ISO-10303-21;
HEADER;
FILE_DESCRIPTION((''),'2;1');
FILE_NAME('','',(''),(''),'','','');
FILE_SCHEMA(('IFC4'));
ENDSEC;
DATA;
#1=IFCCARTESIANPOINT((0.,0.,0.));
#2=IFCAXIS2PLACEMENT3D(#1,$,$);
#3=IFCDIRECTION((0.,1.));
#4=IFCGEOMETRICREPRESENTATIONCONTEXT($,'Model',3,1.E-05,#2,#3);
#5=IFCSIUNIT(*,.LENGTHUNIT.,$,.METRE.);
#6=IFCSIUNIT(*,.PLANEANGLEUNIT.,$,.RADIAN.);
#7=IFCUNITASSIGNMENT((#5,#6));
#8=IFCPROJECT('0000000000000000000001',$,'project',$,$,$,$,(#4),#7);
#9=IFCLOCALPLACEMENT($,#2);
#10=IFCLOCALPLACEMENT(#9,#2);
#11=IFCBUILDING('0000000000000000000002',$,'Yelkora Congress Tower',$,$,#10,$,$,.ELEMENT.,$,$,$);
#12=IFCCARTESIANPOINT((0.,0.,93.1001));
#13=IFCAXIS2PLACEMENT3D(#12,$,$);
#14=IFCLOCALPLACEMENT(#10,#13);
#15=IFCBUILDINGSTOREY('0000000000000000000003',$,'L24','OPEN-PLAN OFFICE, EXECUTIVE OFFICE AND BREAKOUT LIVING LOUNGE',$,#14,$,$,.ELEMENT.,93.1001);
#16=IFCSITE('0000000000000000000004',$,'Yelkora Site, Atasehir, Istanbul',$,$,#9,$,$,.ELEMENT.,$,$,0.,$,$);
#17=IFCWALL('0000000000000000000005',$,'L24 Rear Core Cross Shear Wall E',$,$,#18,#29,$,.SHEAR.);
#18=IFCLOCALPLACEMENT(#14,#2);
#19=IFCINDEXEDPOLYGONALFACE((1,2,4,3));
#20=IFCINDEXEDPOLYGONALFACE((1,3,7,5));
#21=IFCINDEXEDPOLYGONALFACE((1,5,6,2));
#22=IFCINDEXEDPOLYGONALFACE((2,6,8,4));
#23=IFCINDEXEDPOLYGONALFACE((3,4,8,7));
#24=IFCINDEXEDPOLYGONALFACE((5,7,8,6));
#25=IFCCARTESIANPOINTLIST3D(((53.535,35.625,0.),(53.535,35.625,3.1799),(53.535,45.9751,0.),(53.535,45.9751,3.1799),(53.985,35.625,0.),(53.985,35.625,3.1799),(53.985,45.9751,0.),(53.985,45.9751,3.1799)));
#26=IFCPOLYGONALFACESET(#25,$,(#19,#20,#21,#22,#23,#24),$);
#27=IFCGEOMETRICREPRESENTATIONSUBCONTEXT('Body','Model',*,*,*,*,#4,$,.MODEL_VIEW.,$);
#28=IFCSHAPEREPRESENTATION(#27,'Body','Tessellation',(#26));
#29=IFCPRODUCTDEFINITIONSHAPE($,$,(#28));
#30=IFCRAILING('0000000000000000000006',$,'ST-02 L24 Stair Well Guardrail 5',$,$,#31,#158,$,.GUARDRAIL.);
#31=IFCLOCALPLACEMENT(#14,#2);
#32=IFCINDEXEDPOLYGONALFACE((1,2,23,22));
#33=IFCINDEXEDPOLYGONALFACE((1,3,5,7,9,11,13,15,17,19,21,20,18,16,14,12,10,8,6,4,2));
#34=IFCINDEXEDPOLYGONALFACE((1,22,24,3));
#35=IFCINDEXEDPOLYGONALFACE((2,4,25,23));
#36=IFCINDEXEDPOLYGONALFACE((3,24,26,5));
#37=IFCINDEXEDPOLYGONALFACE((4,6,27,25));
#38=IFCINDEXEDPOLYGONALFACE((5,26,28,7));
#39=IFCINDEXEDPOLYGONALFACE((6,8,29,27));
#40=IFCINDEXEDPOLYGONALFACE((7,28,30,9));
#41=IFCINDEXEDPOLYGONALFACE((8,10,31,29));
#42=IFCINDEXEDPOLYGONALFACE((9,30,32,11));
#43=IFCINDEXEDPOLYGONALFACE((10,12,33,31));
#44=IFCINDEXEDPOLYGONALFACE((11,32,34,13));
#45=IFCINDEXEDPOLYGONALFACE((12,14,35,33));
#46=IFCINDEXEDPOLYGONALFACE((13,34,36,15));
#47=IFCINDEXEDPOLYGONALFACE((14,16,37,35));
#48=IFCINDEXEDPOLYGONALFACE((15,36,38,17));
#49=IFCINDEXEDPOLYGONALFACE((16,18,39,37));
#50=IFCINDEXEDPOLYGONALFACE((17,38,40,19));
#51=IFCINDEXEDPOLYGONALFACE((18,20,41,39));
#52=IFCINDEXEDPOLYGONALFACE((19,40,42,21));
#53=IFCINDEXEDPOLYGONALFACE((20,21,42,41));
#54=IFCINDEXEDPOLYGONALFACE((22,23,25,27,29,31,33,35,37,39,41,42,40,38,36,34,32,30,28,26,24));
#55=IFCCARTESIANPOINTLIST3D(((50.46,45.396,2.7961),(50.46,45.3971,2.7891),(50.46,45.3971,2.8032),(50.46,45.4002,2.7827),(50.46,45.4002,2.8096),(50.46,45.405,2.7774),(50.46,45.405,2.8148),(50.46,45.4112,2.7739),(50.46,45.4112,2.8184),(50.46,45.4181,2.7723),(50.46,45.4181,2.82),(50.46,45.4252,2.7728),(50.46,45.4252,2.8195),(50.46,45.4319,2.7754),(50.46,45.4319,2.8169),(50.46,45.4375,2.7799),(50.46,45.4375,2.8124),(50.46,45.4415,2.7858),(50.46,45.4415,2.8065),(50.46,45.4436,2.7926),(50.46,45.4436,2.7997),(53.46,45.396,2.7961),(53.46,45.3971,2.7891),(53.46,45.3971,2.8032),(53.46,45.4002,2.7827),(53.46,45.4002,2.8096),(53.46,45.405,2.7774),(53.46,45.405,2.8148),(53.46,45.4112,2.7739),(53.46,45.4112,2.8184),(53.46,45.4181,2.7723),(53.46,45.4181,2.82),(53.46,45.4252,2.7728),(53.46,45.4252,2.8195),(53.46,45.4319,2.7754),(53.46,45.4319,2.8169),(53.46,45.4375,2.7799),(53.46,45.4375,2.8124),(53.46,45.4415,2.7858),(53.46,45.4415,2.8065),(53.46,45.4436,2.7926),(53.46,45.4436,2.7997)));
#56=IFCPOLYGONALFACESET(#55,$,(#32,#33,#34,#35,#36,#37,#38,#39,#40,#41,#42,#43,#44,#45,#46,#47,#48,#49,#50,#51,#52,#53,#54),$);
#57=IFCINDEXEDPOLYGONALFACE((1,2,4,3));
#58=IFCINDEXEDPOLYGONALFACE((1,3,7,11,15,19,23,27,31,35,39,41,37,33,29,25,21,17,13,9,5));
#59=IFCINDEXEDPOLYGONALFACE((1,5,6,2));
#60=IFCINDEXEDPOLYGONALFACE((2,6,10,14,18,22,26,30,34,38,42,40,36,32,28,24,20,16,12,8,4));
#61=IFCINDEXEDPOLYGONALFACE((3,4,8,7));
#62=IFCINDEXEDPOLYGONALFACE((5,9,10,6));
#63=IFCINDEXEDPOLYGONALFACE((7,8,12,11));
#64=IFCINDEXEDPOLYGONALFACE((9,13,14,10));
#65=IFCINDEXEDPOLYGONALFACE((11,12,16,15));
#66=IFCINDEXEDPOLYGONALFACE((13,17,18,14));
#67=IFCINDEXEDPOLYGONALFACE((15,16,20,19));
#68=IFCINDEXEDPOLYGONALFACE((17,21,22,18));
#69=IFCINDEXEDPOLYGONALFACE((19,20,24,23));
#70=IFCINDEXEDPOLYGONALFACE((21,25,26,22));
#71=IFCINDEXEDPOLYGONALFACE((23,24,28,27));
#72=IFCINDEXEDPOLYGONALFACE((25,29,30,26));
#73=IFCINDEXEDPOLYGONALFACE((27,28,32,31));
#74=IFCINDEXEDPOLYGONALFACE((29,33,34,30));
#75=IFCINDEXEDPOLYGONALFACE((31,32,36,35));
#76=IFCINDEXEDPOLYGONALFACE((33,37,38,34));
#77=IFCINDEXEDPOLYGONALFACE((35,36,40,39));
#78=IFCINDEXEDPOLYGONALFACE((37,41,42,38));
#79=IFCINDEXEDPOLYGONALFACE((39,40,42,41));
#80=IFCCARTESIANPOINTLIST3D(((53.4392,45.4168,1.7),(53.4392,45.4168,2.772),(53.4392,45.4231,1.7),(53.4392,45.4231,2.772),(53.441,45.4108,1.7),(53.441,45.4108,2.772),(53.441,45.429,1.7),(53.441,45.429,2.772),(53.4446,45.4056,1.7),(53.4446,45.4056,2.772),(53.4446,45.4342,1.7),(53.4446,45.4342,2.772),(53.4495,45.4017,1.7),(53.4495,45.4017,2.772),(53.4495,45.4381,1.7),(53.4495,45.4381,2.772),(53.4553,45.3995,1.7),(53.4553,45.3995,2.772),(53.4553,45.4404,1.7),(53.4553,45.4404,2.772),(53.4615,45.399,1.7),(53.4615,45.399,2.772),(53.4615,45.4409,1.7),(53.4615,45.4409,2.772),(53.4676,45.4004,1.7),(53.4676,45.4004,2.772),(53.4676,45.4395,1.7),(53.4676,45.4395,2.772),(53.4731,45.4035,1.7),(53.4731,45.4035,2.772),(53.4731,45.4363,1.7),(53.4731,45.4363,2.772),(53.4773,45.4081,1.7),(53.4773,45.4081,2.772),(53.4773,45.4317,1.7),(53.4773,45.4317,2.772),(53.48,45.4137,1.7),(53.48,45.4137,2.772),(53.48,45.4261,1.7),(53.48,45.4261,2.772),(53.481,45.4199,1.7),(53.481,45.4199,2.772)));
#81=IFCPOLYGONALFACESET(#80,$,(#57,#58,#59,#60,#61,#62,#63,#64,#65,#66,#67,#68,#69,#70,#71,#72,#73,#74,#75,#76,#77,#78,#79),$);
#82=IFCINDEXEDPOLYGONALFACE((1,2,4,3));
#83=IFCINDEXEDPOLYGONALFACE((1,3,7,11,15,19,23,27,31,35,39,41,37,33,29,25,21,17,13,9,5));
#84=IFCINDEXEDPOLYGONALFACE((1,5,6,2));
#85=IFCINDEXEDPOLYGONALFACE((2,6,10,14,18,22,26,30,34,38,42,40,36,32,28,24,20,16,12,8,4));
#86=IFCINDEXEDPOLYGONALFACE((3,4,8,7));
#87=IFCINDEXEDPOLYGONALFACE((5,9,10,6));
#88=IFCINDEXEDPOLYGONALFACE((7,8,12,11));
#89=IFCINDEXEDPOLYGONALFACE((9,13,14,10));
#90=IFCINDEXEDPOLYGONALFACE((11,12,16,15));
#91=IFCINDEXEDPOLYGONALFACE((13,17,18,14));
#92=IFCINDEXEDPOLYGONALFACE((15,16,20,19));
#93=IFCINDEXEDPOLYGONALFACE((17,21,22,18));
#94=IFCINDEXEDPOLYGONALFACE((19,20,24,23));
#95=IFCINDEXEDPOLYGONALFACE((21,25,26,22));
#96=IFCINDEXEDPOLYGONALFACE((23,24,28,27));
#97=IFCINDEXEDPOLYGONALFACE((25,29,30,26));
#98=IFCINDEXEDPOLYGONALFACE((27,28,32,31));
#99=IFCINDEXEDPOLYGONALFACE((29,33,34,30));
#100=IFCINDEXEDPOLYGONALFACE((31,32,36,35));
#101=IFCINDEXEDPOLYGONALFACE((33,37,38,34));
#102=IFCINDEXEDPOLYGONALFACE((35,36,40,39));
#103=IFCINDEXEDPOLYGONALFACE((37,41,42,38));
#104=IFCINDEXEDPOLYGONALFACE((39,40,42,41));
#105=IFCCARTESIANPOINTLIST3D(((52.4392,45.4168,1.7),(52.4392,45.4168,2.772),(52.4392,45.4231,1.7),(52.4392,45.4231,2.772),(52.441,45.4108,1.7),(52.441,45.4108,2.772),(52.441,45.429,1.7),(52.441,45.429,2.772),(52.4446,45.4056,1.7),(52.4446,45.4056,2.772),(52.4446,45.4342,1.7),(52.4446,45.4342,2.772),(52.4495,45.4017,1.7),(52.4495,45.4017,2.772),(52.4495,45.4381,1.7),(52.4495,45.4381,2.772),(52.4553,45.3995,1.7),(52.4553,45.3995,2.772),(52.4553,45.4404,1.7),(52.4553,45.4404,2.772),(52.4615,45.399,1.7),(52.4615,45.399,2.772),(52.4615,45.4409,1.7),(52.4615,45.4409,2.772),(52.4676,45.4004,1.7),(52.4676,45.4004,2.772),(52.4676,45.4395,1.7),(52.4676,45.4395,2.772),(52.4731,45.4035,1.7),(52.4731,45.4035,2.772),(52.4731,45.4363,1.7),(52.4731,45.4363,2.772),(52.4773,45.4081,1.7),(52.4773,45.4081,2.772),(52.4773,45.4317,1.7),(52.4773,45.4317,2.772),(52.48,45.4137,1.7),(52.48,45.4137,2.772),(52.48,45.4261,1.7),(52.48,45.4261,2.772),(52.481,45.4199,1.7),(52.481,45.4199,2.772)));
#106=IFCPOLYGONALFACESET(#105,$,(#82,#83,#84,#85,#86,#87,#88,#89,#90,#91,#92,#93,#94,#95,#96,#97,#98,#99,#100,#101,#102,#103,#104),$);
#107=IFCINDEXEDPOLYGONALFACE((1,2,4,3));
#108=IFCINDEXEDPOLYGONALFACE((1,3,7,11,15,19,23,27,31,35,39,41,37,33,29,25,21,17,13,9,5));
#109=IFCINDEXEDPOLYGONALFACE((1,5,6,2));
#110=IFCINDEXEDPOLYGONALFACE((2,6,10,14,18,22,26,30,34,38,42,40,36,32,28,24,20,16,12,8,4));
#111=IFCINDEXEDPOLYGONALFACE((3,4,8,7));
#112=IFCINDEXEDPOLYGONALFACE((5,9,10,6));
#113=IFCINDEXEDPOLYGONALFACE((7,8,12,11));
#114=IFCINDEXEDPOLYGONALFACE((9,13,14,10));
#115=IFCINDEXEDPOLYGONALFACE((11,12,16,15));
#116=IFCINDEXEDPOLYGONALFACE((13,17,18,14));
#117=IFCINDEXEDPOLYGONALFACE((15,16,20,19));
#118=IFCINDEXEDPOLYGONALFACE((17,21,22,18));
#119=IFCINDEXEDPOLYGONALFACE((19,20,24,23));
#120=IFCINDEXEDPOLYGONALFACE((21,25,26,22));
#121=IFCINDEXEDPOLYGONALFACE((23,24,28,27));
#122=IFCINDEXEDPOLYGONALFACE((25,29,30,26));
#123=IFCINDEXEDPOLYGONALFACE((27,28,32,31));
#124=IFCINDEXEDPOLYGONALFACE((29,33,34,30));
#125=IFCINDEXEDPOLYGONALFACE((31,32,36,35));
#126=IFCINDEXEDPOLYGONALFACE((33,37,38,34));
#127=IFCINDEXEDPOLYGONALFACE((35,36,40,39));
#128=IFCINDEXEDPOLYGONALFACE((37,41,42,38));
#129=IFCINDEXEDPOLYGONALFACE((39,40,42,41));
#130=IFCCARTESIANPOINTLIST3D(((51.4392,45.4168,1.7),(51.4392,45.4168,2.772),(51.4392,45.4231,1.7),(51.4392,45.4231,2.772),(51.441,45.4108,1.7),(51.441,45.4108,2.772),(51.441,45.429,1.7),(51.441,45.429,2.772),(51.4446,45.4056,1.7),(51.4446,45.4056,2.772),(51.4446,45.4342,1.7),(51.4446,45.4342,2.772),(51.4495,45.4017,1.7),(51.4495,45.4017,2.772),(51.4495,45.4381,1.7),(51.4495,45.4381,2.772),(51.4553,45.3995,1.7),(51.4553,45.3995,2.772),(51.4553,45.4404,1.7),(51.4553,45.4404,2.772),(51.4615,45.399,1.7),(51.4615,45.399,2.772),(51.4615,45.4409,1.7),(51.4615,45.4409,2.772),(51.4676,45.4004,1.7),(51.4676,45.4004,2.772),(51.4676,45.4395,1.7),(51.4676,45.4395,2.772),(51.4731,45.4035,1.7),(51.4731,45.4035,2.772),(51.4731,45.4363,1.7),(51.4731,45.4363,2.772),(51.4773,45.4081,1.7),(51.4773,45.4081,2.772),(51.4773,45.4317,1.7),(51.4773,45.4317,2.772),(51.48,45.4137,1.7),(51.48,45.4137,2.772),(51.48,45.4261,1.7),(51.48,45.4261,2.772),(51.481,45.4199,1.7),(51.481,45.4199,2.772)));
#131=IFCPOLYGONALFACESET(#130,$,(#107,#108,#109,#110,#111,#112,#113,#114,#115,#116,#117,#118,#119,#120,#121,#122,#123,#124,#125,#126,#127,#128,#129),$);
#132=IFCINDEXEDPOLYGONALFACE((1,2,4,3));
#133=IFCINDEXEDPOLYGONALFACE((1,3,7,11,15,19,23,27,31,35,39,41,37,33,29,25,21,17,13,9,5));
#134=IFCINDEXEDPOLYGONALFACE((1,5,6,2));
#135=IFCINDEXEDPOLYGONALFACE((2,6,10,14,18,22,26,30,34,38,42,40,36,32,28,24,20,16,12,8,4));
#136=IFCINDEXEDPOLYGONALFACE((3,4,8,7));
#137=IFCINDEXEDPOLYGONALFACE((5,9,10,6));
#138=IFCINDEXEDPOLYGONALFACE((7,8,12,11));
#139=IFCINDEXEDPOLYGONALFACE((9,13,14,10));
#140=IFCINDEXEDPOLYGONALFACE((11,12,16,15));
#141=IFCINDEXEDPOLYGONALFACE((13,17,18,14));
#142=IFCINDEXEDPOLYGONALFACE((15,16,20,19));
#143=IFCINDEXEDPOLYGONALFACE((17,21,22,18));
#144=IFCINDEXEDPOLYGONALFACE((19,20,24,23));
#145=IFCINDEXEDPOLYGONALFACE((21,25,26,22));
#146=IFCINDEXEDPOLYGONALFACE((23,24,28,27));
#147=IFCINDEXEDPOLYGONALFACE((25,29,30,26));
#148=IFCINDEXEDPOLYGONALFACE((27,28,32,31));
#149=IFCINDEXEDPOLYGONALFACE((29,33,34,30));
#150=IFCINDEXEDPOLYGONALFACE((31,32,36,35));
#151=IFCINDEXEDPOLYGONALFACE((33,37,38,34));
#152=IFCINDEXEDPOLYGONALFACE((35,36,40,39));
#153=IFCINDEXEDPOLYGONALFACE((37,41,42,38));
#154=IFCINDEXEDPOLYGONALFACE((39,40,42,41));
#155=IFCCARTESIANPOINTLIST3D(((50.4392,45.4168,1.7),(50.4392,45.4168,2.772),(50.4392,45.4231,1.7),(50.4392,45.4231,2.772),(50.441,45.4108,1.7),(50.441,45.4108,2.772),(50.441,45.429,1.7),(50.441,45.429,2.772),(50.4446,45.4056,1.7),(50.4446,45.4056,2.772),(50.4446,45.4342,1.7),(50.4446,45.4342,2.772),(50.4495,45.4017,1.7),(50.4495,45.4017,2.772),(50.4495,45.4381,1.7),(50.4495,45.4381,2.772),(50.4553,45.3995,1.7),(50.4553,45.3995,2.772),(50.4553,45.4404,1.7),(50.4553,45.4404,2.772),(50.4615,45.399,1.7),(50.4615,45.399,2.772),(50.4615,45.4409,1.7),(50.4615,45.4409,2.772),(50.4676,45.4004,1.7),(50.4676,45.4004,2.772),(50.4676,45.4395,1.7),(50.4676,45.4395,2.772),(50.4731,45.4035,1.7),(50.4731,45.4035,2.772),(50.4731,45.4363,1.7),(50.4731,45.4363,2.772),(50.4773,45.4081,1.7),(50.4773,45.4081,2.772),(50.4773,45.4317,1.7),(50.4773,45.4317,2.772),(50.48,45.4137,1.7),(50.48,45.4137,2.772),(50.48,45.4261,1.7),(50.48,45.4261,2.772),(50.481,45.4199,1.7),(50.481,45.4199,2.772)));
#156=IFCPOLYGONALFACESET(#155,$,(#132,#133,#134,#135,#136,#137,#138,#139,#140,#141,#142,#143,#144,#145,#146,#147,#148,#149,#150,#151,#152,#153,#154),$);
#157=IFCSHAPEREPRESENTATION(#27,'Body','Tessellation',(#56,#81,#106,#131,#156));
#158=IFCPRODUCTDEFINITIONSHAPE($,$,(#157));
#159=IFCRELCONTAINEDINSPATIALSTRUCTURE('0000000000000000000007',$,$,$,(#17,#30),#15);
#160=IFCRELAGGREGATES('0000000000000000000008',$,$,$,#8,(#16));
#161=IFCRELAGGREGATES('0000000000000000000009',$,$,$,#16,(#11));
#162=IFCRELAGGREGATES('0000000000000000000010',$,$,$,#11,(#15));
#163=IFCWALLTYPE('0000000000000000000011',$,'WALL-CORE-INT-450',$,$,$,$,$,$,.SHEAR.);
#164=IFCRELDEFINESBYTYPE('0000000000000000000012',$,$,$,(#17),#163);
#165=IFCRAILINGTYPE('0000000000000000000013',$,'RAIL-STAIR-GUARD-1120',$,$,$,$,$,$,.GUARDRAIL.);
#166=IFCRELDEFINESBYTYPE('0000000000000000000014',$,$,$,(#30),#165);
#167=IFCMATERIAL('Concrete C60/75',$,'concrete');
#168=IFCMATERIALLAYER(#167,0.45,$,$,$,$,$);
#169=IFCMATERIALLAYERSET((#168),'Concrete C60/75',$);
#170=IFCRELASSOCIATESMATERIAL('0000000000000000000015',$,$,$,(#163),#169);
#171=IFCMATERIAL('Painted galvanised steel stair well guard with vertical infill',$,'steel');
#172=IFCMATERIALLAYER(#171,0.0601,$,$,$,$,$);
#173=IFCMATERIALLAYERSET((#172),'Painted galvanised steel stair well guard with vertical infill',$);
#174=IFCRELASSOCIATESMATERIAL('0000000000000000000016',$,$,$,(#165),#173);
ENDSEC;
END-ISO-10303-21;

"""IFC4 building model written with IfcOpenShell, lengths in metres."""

from ifc_helpers import new_model, si_unit, direction, frame, frame_2d, origin, origin_2d, place, context, subcontext, project, spatial, rectangle, circle, extrude, material, layer, layer_set, type_object, element, save


model = new_model("IFC4")

# Units and contexts
model_context = context("Model", 3, precision=1e-05, world=origin(), true_north=direction((0.0, 1.0)))
body_context = subcontext(model_context, "Body", "Model", "MODEL_VIEW")
ifc_project = project(units=[si_unit("LENGTHUNIT", "METRE"), si_unit("PLANEANGLEUNIT", "RADIAN")], contexts=[model_context])

# Site, building, storey
site_placement = place(None, origin())
site = spatial("IfcSite", under=ifc_project, at=site_placement, Name="Yelkora Site, Atasehir, Istanbul", CompositionType="ELEMENT", RefElevation=0.0)
building_placement = place(site_placement, origin())
building = spatial("IfcBuilding", under=site, at=building_placement, Name="Yelkora Congress Tower", CompositionType="ELEMENT")
storey_placement = place(building_placement, frame((0.0, 0.0, 93.1001)))
storey = spatial("IfcBuildingStorey", under=building, at=storey_placement, Name="L24", Description="OPEN-PLAN OFFICE, EXECUTIVE OFFICE AND BREAKOUT LIVING LOUNGE", CompositionType="ELEMENT", Elevation=93.1001)

# Wall
ifc_material_1 = material(Name="Concrete C60/75", Category="concrete")
ifc_layer_1 = layer(ifc_material_1, 0.45)
ifc_layer_set_1 = layer_set([ifc_layer_1], Name="Concrete C60/75")
wall_type = type_object("IfcWallType", Name="WALL-CORE-INT-450", PredefinedType="SHEAR", material=ifc_layer_set_1)
wall_placement = place(storey_placement, frame((53.76, 35.625, 0.0), z_axis=(0.0, 0.0, 1.0), x_axis=(0.0, 1.0, 0.0)))
element("IfcWall", 1, at=wall_placement, inside=storey, type_object=wall_type, Name="L24 Rear Core Cross Shear Wall E", PredefinedType="SHEAR", context=body_context, shape_type="SweptSolid", body=[
    extrude(rectangle(XDim=10.3501, YDim=0.45, at=frame_2d((5.175, 0.0))), origin(), (0.0, 0.0, 1.0), 3.1799),
])

# Railing
ifc_material_2 = material(Name="Painted galvanised steel stair well guard with vertical infill", Category="steel")
ifc_layer_2 = layer(ifc_material_2, 0.0601)
ifc_layer_set_2 = layer_set([ifc_layer_2], Name="Painted galvanised steel stair well guard with vertical infill")
railing_type = type_object("IfcRailingType", Name="RAIL-STAIR-GUARD-1120", PredefinedType="GUARDRAIL", material=ifc_layer_set_2)
railing_1_placement = place(storey_placement, frame((53.46, 45.4199, 1.7)))
element("IfcRailing", 2, at=railing_1_placement, inside=storey, type_object=railing_type, Name="ST-02 L24 Stair Well Guardrail 5", PredefinedType="GUARDRAIL", context=body_context, shape_type="SweptSolid", body=[
    extrude(circle(Radius=0.0239, at=origin_2d()), frame((0.0, 0.0, 1.0962), z_axis=(-1.0, 0.0, 0.0), x_axis=(0.0, -1.0, 0.0)), (0.0, 0.0, 1.0), 3.0),
    extrude(circle(Radius=0.021, at=origin_2d()), origin(), (0.0, 0.0, 1.0), 1.072),
    extrude(circle(Radius=0.021, at=origin_2d()), frame((-1.0, 0.0, 0.0)), (0.0, 0.0, 1.0), 1.072),
    extrude(circle(Radius=0.021, at=origin_2d()), frame((-2.0, 0.0, 0.0)), (0.0, 0.0, 1.0), 1.072),
    extrude(circle(Radius=0.021, at=origin_2d()), frame((-3.0, 0.0, 0.0)), (0.0, 0.0, 1.0), 1.072),
])

save(model, "model.ifc")
